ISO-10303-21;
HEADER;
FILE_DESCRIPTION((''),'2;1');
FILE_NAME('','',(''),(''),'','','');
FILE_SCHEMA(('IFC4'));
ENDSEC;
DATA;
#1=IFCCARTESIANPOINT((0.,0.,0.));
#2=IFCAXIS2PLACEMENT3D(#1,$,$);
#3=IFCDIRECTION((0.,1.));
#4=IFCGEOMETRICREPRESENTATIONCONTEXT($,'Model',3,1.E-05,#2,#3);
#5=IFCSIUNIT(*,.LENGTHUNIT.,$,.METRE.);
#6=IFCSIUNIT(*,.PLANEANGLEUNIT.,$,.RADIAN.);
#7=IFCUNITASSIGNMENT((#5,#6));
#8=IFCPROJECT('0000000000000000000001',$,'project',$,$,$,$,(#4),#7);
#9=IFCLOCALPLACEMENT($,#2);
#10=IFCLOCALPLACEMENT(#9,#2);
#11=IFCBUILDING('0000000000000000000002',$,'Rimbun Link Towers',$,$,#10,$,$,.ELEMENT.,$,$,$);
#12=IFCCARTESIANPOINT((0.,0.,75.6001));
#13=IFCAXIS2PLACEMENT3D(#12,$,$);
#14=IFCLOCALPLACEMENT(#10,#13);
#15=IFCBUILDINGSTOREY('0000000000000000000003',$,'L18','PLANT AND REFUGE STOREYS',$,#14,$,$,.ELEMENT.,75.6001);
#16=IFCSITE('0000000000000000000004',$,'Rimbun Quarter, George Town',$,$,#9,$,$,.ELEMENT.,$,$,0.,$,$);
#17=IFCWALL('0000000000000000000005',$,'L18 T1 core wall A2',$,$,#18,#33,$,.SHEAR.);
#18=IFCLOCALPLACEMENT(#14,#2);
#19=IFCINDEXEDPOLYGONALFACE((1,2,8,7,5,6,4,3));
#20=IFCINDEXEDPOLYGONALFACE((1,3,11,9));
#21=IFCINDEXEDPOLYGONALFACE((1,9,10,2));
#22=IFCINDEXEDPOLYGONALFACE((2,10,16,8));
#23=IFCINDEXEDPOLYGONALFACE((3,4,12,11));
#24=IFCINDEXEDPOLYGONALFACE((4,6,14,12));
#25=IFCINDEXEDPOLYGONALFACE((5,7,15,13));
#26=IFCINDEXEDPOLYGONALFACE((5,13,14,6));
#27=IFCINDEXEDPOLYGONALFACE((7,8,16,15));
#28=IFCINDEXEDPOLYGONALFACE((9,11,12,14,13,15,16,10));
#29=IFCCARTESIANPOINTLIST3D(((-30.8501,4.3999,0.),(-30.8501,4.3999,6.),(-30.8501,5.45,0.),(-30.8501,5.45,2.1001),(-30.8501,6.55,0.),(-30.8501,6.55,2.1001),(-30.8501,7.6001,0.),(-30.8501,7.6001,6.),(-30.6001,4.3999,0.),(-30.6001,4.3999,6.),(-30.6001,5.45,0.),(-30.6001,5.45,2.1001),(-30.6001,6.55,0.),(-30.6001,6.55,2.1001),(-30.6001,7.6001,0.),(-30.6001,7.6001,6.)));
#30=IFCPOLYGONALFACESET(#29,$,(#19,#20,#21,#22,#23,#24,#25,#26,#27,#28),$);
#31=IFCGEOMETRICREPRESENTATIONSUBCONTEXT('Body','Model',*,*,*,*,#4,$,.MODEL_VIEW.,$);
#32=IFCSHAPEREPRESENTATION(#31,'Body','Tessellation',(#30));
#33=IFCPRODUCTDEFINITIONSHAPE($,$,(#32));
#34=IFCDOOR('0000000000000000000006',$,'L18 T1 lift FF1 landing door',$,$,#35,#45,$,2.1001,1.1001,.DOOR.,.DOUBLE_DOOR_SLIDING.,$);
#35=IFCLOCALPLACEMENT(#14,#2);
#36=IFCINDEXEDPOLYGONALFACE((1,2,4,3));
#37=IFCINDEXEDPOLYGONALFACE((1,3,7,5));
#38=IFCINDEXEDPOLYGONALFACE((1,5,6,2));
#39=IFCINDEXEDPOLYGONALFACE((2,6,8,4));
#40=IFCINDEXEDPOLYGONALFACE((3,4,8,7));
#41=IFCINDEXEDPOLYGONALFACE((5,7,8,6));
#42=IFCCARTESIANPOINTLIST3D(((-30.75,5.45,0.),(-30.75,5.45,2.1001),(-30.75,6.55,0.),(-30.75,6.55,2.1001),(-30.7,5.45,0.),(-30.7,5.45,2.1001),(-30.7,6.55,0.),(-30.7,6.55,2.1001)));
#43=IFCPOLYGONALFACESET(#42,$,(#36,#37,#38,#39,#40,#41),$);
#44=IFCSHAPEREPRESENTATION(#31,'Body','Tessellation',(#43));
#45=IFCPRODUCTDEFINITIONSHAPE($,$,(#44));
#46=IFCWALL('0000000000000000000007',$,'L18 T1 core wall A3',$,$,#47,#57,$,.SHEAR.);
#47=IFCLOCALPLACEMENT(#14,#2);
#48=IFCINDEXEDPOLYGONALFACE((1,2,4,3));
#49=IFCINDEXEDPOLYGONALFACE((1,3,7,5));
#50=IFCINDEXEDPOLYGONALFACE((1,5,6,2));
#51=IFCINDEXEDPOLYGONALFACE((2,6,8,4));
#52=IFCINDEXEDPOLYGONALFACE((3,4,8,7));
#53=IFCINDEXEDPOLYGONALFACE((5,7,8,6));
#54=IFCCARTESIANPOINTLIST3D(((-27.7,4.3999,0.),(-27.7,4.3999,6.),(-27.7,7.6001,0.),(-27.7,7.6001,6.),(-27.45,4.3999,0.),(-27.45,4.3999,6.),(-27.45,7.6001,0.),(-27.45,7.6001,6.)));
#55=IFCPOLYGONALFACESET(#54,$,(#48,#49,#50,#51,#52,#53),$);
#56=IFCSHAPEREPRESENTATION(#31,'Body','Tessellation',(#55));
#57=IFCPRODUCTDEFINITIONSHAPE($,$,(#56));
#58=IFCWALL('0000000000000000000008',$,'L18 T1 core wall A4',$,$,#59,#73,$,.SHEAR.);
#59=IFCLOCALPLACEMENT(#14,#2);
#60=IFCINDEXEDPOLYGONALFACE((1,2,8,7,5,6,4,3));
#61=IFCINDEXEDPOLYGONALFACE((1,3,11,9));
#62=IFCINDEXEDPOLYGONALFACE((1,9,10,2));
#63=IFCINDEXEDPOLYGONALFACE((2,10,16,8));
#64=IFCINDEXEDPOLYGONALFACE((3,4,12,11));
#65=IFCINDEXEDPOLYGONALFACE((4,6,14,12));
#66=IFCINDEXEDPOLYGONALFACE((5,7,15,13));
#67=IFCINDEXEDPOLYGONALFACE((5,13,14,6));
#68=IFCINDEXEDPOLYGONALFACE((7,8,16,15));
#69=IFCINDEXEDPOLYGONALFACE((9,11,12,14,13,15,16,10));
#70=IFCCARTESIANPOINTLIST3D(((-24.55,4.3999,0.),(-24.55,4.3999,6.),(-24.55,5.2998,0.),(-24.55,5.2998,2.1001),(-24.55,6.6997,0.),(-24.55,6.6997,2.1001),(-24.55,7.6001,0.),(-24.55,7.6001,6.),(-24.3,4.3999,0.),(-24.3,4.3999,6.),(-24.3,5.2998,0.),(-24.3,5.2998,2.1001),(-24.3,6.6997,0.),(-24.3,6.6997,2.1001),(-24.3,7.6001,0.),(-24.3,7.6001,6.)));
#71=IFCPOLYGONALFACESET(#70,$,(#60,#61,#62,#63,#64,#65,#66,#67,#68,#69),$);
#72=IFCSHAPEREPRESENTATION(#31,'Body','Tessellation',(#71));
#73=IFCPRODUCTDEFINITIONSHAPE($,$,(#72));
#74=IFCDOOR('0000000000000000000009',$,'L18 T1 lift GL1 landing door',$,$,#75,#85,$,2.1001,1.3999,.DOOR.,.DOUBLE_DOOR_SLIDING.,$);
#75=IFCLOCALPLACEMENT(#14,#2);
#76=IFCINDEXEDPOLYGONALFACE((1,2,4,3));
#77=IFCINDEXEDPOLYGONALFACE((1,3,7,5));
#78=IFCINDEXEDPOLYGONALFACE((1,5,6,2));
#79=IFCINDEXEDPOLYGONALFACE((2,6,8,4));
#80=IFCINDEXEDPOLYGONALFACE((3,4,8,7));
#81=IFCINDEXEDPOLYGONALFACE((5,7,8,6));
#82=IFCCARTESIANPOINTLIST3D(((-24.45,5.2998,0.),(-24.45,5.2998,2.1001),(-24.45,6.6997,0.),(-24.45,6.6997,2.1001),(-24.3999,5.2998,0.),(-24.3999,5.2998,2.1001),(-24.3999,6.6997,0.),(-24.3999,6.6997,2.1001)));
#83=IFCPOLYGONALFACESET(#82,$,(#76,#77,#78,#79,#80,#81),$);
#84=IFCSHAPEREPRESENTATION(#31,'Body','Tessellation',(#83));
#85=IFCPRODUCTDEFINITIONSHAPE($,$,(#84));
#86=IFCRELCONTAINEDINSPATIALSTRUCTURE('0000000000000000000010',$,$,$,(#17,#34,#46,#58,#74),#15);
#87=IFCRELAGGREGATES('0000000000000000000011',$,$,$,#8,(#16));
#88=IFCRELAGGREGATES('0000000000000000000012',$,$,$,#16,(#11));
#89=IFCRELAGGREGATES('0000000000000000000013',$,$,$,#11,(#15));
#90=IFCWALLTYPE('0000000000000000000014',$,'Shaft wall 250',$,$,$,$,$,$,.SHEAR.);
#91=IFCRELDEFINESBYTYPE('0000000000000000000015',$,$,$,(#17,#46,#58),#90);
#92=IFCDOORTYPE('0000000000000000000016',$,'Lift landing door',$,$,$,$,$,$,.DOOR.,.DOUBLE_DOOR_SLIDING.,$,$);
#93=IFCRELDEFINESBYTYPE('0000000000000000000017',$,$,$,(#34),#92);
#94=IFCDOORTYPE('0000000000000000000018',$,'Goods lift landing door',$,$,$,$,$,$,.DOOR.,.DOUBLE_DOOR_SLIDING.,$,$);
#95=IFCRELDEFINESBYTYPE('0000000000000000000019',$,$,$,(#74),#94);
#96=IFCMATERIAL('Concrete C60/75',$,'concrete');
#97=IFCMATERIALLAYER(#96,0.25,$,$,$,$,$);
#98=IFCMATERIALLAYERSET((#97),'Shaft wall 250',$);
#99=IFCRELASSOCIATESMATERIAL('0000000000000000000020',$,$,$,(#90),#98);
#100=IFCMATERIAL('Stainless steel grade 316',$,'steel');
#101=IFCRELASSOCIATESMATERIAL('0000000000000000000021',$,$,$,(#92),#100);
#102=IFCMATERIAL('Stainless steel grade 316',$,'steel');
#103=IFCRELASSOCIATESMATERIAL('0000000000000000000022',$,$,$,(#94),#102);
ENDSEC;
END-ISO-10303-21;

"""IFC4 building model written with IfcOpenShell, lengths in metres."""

from ifc_helpers import new_model, si_unit, direction, frame, frame_2d, origin, place, context, subcontext, project, spatial, rectangle, extrude, material, layer, layer_set, type_object, element, fill, save


model = new_model("IFC4")

# Units and contexts
model_context = context("Model", 3, precision=1e-05, world=origin(), true_north=direction((0.0, 1.0)))
body_context = subcontext(model_context, "Body", "Model", "MODEL_VIEW")
ifc_project = project(units=[si_unit("LENGTHUNIT", "METRE"), si_unit("PLANEANGLEUNIT", "RADIAN")], contexts=[model_context])

# Site, building, storey
site_placement = place(None, origin())
site = spatial("IfcSite", under=ifc_project, at=site_placement, Name="Rimbun Quarter, George Town", CompositionType="ELEMENT", RefElevation=0.0)
building_placement = place(site_placement, origin())
building = spatial("IfcBuilding", under=site, at=building_placement, Name="Rimbun Link Towers", CompositionType="ELEMENT")
storey_placement = place(building_placement, frame((0.0, 0.0, 75.6001)))
storey = spatial("IfcBuildingStorey", under=building, at=storey_placement, Name="L18", Description="PLANT AND REFUGE STOREYS", CompositionType="ELEMENT", Elevation=75.6001)

# Shared definitions
ifc_material_1 = material(Name="Concrete C60/75", Category="concrete")
ifc_layer_1 = layer(ifc_material_1, 0.25)
ifc_layer_set_1 = layer_set([ifc_layer_1], Name="Shaft wall 250")
wall_type_1 = type_object("IfcWallType", Name="Shaft wall 250", PredefinedType="SHEAR", material=ifc_layer_set_1)

# Wall, opening, door
wall_1_placement = place(storey_placement, frame((-30.7251, 4.3999, 0.0), z_axis=(0.0, 0.0, 1.0), x_axis=(0.0, 1.0, 0.0)))
wall_1 = element("IfcWall", 1, at=wall_1_placement, inside=storey, type_object=wall_type_1, Name="L18 T1 core wall A2", PredefinedType="SHEAR", context=body_context, shape_type="SweptSolid", body=[
    extrude(rectangle(XDim=3.2002, YDim=0.25, at=frame_2d((1.6001, 0.0))), origin(), (0.0, 0.0, 1.0), 6.0),
])
opening_1_placement = place(wall_1_placement, frame((1.05, 0.0, 0.0)))
opening_1 = element("IfcOpeningElement", 2, at=opening_1_placement, cuts=wall_1, PredefinedType="OPENING", context=body_context, shape_type="SweptSolid", body=[
    extrude(rectangle(XDim=1.1001, YDim=2.1001, at=frame_2d((0.55, 1.05))), frame((0.0, 0.135, 0.0), z_axis=(0.0, -1.0, 0.0), x_axis=(1.0, 0.0, 0.0)), (0.0, 0.0, 1.0), 0.27),
])
ifc_material_2 = material(Name="Stainless steel grade 316", Category="steel")
door_type_1 = type_object("IfcDoorType", Name="Lift landing door", OperationType="DOUBLE_DOOR_SLIDING", PredefinedType="DOOR", material=ifc_material_2)
door_1_placement = place(opening_1_placement, origin())
door_1 = element("IfcDoor", 3, at=door_1_placement, inside=storey, type_object=door_type_1, Name="L18 T1 lift FF1 landing door", OperationType="DOUBLE_DOOR_SLIDING", OverallHeight=2.1001, OverallWidth=1.1001, PredefinedType="DOOR", context=body_context, shape_type="SweptSolid", body=[
    extrude(rectangle(XDim=1.1001, YDim=2.1001, at=frame_2d((0.55, 1.05))), frame((0.0, 0.0249, 0.0), z_axis=(0.0, -1.0, 0.0), x_axis=(1.0, 0.0, 0.0)), (0.0, 0.0, 1.0), 0.05),
])
fill(opening_1, door_1)

# Wall
wall_2_placement = place(storey_placement, frame((-27.575, 4.3999, 0.0), z_axis=(0.0, 0.0, 1.0), x_axis=(0.0, 1.0, 0.0)))
element("IfcWall", 4, at=wall_2_placement, inside=storey, type_object=wall_type_1, Name="L18 T1 core wall A3", PredefinedType="SHEAR", context=body_context, shape_type="SweptSolid", body=[
    extrude(rectangle(XDim=3.2002, YDim=0.25, at=frame_2d((1.6001, 0.0))), origin(), (0.0, 0.0, 1.0), 6.0),
])

# Wall, opening, door
wall_3_placement = place(storey_placement, frame((-24.425, 4.3999, 0.0), z_axis=(0.0, 0.0, 1.0), x_axis=(0.0, 1.0, 0.0)))
wall_3 = element("IfcWall", 5, at=wall_3_placement, inside=storey, type_object=wall_type_1, Name="L18 T1 core wall A4", PredefinedType="SHEAR", context=body_context, shape_type="SweptSolid", body=[
    extrude(rectangle(XDim=3.2002, YDim=0.25, at=frame_2d((1.6001, 0.0))), origin(), (0.0, 0.0, 1.0), 6.0),
])
opening_2_placement = place(wall_3_placement, frame((0.8999, 0.0, 0.0)))
opening_2 = element("IfcOpeningElement", 6, at=opening_2_placement, cuts=wall_3, PredefinedType="OPENING", context=body_context, shape_type="SweptSolid", body=[
    extrude(rectangle(XDim=1.3999, YDim=2.1001, at=frame_2d((0.7, 1.05))), frame((0.0, 0.135, 0.0), z_axis=(0.0, -1.0, 0.0), x_axis=(1.0, 0.0, 0.0)), (0.0, 0.0, 1.0), 0.27),
])
ifc_material_3 = material(Name="Stainless steel grade 316", Category="steel")
door_type_2 = type_object("IfcDoorType", Name="Goods lift landing door", OperationType="DOUBLE_DOOR_SLIDING", PredefinedType="DOOR", material=ifc_material_3)
door_2_placement = place(opening_2_placement, origin())
door_2 = element("IfcDoor", 7, at=door_2_placement, inside=storey, type_object=door_type_2, Name="L18 T1 lift GL1 landing door", OperationType="DOUBLE_DOOR_SLIDING", OverallHeight=2.1001, OverallWidth=1.3999, PredefinedType="DOOR", context=body_context, shape_type="SweptSolid", body=[
    extrude(rectangle(XDim=1.3999, YDim=2.1001, at=frame_2d((0.7, 1.05))), frame((0.0, 0.0249, 0.0), z_axis=(0.0, -1.0, 0.0), x_axis=(1.0, 0.0, 0.0)), (0.0, 0.0, 1.0), 0.05),
])
fill(opening_2, door_2)

save(model, "model.ifc")
